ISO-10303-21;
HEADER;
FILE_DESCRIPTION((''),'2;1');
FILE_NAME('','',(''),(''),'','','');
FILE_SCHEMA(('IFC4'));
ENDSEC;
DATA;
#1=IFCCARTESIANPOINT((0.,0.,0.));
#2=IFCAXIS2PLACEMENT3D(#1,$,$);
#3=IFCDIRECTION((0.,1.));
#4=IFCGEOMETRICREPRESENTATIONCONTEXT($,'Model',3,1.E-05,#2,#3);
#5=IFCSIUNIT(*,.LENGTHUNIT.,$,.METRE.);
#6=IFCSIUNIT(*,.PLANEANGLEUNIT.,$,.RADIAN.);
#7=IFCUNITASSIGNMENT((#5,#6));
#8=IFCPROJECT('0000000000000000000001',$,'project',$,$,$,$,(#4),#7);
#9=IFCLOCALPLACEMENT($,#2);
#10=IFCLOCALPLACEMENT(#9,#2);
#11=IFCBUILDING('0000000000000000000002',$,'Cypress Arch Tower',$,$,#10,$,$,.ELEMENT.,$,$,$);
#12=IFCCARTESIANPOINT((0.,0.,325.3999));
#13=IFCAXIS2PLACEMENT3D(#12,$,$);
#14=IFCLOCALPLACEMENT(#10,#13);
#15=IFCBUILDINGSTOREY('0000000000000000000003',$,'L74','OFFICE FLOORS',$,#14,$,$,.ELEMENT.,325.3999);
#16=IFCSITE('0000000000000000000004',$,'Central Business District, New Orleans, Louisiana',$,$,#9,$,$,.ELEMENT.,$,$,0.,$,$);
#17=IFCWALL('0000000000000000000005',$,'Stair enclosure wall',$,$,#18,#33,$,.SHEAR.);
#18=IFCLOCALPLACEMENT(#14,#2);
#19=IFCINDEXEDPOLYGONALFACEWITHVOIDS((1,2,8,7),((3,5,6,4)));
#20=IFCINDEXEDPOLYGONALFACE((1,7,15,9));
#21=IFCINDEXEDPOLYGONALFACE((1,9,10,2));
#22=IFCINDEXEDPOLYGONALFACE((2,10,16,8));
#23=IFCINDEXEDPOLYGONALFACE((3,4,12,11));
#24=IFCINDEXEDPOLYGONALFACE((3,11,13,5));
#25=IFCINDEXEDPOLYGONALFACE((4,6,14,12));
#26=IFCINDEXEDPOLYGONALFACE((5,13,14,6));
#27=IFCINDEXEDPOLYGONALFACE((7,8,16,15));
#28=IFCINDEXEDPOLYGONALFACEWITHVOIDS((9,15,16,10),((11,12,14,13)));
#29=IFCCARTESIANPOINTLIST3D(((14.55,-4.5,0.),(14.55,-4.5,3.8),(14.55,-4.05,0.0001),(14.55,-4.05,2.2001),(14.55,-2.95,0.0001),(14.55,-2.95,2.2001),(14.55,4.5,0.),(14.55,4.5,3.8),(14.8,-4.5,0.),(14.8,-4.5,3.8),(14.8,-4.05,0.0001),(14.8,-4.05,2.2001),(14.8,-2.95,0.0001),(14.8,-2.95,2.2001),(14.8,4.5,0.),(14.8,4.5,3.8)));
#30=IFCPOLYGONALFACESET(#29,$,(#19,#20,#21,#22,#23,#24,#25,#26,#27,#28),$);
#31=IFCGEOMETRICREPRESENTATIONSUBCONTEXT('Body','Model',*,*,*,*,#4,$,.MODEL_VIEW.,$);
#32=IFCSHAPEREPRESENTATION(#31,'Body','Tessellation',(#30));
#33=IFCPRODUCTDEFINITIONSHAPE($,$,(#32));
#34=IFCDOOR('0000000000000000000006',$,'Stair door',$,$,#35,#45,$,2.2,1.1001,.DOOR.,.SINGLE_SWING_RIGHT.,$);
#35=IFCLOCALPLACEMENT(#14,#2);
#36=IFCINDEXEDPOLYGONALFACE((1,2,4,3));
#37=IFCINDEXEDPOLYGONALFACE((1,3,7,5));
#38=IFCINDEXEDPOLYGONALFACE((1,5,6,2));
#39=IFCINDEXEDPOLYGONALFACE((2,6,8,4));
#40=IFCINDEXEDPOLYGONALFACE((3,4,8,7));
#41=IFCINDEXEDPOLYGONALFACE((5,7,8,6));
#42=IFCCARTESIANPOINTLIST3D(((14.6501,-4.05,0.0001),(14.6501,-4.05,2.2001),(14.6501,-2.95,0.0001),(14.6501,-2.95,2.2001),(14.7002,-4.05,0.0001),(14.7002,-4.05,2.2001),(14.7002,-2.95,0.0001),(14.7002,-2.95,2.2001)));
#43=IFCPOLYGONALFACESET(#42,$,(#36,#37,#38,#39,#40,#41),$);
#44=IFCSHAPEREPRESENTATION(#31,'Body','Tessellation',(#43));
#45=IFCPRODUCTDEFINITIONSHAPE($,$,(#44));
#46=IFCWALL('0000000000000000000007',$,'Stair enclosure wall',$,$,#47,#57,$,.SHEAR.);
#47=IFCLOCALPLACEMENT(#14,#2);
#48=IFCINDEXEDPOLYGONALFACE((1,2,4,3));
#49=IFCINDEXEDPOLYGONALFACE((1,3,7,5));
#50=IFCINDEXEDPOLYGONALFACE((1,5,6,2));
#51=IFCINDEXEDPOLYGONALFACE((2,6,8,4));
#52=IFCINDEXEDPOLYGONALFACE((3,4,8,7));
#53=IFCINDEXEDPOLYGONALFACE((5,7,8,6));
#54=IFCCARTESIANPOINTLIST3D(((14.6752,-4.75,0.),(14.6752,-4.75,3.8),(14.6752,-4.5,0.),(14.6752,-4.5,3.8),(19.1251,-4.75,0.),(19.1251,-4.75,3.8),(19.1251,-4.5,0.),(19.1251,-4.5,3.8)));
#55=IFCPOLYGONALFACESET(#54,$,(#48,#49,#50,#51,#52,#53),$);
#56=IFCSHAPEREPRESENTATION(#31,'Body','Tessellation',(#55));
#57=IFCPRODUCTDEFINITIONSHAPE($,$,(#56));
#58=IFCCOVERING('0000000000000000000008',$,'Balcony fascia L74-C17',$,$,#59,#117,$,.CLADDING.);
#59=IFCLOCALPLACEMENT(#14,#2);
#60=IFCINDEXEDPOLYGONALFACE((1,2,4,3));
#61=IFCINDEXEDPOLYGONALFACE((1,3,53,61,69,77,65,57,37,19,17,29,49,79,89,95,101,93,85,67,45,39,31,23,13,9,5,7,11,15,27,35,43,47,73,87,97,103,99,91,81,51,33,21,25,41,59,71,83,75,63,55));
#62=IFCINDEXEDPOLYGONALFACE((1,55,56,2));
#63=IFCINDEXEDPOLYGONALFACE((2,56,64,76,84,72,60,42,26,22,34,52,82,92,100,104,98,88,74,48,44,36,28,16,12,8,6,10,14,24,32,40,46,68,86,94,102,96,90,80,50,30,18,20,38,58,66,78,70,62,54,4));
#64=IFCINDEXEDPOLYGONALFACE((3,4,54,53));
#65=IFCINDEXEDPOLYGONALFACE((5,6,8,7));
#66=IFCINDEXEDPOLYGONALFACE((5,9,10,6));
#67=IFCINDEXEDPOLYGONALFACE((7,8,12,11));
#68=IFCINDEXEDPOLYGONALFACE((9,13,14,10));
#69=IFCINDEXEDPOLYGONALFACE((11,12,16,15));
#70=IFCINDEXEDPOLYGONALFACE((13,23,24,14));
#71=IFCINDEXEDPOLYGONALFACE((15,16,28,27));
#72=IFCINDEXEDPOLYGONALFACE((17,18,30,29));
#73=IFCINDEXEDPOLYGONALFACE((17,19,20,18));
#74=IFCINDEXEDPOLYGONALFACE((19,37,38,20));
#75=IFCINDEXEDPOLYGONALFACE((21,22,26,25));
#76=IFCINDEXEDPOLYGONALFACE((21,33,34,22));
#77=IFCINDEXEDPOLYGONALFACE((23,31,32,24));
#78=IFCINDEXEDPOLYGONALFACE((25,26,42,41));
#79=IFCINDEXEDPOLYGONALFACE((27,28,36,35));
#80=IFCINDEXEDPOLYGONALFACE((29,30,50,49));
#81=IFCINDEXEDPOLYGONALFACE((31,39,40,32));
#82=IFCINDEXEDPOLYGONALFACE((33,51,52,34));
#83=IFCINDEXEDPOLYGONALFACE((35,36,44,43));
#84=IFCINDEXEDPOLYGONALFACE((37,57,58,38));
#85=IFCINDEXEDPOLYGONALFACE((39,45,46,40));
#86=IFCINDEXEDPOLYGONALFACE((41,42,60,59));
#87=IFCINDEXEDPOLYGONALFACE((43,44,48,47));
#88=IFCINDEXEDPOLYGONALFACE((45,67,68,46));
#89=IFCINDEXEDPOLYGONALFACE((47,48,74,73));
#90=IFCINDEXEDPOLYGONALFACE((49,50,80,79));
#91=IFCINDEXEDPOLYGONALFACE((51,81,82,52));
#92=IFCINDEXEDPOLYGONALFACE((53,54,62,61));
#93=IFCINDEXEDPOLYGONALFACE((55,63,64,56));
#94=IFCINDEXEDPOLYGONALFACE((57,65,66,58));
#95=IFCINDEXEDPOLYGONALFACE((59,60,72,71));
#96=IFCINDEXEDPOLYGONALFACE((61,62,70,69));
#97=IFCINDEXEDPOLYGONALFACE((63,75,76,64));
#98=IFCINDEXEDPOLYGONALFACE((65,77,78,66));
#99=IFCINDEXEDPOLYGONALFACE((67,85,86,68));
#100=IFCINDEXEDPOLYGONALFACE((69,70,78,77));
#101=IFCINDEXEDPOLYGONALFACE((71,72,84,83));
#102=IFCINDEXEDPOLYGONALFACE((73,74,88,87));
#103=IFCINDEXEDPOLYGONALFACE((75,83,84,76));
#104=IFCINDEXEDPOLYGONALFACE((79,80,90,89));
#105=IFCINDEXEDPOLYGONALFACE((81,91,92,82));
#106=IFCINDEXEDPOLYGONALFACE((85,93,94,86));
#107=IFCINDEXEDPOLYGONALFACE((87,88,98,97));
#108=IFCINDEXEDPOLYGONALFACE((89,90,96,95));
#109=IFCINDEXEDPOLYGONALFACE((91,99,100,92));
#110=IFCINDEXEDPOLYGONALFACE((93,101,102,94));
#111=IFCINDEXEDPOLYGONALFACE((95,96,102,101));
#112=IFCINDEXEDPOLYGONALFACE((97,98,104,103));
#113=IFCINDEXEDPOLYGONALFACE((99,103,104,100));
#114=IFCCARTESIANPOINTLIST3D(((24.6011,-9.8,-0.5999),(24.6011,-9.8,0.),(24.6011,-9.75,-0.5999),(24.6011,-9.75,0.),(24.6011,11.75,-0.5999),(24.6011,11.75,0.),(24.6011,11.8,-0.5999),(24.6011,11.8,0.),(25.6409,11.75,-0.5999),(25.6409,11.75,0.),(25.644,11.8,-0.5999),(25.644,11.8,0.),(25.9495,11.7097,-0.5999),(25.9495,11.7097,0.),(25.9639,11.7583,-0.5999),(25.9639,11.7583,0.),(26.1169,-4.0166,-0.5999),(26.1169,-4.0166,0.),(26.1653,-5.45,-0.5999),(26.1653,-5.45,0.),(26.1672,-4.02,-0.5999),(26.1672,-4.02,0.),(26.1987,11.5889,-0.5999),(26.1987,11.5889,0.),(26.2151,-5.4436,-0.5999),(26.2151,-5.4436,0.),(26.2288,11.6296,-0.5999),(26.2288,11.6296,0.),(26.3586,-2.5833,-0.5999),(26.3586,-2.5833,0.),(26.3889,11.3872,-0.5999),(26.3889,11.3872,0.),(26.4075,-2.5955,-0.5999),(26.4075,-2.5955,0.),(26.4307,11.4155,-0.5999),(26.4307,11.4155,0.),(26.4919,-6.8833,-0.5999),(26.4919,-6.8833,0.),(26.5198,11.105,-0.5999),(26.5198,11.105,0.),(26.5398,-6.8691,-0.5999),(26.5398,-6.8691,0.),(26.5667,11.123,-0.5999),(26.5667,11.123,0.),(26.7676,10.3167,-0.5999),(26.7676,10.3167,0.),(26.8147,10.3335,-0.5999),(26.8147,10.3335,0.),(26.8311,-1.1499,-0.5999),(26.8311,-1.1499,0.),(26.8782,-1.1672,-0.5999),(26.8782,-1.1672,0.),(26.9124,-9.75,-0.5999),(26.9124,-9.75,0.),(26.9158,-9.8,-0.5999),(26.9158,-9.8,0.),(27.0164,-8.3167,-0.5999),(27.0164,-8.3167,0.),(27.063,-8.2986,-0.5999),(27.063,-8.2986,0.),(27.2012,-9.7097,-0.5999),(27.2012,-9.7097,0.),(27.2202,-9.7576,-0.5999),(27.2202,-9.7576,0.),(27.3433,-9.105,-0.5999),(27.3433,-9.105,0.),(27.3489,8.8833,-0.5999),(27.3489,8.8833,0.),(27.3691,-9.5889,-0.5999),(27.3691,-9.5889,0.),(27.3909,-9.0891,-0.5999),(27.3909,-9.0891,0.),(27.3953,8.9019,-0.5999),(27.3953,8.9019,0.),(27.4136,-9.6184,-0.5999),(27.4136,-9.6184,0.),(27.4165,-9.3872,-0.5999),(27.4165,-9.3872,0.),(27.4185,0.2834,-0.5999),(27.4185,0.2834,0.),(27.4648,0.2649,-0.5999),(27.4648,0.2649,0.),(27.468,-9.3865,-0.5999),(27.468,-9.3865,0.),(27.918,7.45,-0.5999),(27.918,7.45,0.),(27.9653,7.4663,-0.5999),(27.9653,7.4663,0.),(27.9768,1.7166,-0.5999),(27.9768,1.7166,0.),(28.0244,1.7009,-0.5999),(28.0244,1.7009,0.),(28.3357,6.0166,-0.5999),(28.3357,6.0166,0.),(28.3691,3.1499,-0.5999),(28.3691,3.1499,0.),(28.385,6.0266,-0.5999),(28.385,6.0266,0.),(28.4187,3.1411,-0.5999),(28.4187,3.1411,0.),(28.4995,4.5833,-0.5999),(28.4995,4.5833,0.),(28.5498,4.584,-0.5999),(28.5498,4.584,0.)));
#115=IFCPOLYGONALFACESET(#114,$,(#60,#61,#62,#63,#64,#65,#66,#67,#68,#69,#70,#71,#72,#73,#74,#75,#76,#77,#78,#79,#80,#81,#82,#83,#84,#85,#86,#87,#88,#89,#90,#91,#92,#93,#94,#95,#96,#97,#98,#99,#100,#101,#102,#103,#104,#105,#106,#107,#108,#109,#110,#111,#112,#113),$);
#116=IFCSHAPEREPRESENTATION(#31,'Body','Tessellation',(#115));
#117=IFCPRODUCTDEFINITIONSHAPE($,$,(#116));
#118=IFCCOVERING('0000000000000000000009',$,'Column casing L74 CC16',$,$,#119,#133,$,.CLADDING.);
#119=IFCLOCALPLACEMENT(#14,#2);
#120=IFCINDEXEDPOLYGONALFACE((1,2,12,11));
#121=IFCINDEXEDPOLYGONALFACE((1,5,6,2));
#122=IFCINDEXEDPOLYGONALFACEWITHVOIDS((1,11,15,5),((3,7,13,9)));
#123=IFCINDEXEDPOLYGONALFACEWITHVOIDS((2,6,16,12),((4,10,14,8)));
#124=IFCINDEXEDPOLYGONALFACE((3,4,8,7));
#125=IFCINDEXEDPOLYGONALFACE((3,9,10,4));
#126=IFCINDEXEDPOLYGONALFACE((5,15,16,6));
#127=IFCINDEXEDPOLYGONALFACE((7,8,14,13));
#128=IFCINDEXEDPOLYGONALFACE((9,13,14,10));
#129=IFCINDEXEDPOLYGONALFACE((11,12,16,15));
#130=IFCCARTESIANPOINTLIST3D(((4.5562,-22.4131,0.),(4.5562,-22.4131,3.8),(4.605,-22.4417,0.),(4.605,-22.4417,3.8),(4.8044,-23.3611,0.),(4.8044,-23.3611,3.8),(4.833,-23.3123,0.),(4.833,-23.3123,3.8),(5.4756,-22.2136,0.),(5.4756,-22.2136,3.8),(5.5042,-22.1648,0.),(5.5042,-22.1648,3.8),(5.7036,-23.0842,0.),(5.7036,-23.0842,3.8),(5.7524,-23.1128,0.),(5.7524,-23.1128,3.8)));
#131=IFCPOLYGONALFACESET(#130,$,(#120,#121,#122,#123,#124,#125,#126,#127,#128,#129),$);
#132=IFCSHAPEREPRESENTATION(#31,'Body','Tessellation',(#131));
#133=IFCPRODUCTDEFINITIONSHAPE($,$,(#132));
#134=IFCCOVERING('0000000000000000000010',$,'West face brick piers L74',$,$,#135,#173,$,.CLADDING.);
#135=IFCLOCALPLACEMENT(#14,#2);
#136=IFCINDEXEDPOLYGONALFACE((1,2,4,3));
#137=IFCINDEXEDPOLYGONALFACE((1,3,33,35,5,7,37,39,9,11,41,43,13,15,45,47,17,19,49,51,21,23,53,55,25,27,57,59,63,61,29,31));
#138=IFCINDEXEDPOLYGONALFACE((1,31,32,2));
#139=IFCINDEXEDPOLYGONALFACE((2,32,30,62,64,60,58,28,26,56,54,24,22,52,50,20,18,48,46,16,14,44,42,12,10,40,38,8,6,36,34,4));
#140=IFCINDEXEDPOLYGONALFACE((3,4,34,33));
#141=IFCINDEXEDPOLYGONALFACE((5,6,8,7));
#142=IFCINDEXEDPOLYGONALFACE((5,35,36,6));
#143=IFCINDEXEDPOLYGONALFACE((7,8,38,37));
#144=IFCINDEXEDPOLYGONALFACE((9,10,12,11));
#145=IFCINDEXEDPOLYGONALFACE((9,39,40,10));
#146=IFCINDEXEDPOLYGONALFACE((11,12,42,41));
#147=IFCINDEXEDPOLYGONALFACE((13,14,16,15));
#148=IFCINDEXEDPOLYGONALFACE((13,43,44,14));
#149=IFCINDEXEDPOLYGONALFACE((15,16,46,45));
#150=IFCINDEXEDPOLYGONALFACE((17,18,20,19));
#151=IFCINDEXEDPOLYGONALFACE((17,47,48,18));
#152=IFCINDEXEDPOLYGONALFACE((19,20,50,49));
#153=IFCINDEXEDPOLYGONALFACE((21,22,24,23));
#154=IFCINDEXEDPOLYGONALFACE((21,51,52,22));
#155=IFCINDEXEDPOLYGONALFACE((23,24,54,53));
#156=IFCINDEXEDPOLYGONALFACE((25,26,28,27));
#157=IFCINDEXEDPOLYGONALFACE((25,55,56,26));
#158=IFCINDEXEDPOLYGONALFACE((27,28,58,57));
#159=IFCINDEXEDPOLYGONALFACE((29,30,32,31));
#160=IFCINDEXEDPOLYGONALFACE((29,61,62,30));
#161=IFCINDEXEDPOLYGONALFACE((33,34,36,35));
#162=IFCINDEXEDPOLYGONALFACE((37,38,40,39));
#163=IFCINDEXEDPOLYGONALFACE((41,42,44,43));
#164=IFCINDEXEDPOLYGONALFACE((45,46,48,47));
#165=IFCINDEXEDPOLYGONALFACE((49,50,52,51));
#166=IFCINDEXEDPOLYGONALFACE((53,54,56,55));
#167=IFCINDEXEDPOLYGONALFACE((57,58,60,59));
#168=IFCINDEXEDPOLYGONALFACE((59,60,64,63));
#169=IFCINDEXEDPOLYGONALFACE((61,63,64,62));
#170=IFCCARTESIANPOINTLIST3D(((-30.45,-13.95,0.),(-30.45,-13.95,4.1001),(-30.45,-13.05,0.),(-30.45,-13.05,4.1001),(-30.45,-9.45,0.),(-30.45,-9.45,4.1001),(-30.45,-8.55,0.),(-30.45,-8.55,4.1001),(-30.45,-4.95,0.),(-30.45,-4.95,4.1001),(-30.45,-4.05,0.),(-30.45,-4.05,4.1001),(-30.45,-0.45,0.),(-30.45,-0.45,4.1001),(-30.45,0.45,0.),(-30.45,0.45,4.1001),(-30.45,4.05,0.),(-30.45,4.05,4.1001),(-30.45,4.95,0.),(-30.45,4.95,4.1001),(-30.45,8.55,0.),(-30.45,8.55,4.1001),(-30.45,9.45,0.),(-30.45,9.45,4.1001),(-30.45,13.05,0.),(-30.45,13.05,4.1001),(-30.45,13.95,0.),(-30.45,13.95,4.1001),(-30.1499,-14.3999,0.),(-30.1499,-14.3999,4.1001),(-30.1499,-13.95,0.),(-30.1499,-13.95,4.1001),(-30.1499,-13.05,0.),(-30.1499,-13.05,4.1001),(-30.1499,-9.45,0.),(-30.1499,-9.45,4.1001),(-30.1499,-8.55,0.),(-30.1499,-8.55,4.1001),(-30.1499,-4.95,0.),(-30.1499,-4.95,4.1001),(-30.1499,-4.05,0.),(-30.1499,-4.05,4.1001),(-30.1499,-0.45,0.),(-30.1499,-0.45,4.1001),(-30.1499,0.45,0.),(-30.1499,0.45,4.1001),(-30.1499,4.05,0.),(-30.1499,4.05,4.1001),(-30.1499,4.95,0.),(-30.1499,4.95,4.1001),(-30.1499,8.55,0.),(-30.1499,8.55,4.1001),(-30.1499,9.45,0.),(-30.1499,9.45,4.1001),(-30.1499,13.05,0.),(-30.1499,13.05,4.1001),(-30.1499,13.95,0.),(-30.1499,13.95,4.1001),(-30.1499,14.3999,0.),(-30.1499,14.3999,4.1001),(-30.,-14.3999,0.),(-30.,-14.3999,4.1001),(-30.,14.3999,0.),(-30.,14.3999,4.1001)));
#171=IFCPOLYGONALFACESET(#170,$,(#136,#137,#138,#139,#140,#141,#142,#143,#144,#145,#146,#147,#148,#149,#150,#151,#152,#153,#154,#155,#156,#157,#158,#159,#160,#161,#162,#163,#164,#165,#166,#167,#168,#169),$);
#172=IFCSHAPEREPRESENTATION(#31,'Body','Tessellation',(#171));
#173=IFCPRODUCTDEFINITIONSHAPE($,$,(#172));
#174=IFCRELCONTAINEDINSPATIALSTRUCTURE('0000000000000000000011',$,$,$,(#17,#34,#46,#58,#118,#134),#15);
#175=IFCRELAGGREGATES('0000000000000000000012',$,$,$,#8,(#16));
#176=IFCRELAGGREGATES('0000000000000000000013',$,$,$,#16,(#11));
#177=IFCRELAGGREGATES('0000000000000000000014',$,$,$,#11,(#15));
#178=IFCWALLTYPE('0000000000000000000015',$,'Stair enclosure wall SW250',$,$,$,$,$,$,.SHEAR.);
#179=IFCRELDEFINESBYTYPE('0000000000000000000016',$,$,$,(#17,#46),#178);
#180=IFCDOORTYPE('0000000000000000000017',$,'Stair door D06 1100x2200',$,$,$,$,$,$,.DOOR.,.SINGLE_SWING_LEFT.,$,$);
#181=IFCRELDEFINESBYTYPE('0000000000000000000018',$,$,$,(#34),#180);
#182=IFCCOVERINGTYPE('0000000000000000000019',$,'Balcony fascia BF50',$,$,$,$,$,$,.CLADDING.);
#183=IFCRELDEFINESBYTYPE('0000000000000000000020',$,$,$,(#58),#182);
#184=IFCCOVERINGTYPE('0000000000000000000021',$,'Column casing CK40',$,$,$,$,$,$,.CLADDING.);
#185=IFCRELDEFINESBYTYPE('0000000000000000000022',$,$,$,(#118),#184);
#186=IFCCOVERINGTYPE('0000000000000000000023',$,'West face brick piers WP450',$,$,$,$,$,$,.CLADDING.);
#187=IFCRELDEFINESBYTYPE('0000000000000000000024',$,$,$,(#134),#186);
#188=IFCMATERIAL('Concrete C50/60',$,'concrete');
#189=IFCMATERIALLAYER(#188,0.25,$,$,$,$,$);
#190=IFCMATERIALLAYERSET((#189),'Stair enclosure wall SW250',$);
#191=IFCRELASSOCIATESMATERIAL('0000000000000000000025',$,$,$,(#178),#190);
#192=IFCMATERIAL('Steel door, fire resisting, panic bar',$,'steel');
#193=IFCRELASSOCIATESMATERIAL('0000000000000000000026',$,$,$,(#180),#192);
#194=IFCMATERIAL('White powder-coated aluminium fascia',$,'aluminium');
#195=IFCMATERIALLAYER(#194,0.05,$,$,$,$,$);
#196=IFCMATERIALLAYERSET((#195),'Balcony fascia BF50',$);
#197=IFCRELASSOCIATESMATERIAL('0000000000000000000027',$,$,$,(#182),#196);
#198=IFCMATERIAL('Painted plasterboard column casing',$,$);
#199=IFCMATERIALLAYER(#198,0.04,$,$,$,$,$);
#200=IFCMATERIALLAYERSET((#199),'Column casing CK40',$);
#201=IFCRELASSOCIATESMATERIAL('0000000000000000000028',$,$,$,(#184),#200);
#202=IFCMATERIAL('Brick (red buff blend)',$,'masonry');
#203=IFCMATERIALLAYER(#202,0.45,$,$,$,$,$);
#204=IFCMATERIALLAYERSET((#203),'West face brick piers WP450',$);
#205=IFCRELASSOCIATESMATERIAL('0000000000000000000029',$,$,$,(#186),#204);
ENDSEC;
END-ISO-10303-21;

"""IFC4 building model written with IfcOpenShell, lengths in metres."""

from ifc_helpers import new_model, si_unit, direction, frame, frame_2d, origin, place, context, subcontext, project, spatial, polyline, rectangle, outline, extrude, material, layer, layer_set, type_object, element, fill, save


model = new_model("IFC4")

# Units and contexts
model_context = context("Model", 3, precision=1e-05, world=origin(), true_north=direction((0.0, 1.0)))
body_context = subcontext(model_context, "Body", "Model", "MODEL_VIEW")
ifc_project = project(units=[si_unit("LENGTHUNIT", "METRE"), si_unit("PLANEANGLEUNIT", "RADIAN")], contexts=[model_context])

# Site, building, storey
site_placement = place(None, origin())
site = spatial("IfcSite", under=ifc_project, at=site_placement, Name="Central Business District, New Orleans, Louisiana", CompositionType="ELEMENT", RefElevation=0.0)
building_placement = place(site_placement, origin())
building = spatial("IfcBuilding", under=site, at=building_placement, Name="Cypress Arch Tower", CompositionType="ELEMENT")
storey_placement = place(building_placement, frame((0.0, 0.0, 325.3999)))
storey = spatial("IfcBuildingStorey", under=building, at=storey_placement, Name="L74", Description="OFFICE FLOORS", CompositionType="ELEMENT", Elevation=325.3999)

# Wall, opening, door
ifc_material_1 = material(Name="Concrete C50/60", Category="concrete")
ifc_layer_1 = layer(ifc_material_1, 0.25)
ifc_layer_set_1 = layer_set([ifc_layer_1], Name="Stair enclosure wall SW250")
wall_type_1 = type_object("IfcWallType", Name="Stair enclosure wall SW250", PredefinedType="SHEAR", material=ifc_layer_set_1)
wall_1_placement = place(storey_placement, frame((14.675, -4.5, 0.0), z_axis=(0.0, 0.0, 1.0), x_axis=(0.0, 1.0, 0.0)))
wall_1 = element("IfcWall", 1, at=wall_1_placement, inside=storey, type_object=wall_type_1, Name="Stair enclosure wall", PredefinedType="SHEAR", context=body_context, shape_type="SweptSolid", body=[
    extrude(rectangle(XDim=9.0, YDim=0.25, at=frame_2d((4.5, 0.0))), origin(), (0.0, 0.0, 1.0), 3.8),
])
opening_placement = place(wall_1_placement, frame((0.45, 0.0, 0.0)))
opening = element("IfcOpeningElement", 2, at=opening_placement, cuts=wall_1, PredefinedType="OPENING", context=body_context, shape_type="SweptSolid", body=[
    extrude(rectangle(XDim=1.1001, YDim=2.2, at=frame_2d((0.55, 1.1001))), frame((0.0, 0.135, 0.0), z_axis=(0.0, -1.0, 0.0), x_axis=(1.0, 0.0, 0.0)), (0.0, 0.0, 1.0), 0.27),
])
ifc_material_2 = material(Name="Steel door, fire resisting, panic bar", Category="steel")
door_type = type_object("IfcDoorType", Name="Stair door D06 1100x2200", OperationType="SINGLE_SWING_LEFT", PredefinedType="DOOR", material=ifc_material_2)
door_placement = place(opening_placement, origin())
door = element("IfcDoor", 3, at=door_placement, inside=storey, type_object=door_type, Name="Stair door", OperationType="SINGLE_SWING_RIGHT", OverallHeight=2.2, OverallWidth=1.1001, PredefinedType="DOOR", context=body_context, shape_type="SweptSolid", body=[
    extrude(rectangle(XDim=1.1001, YDim=2.2, at=frame_2d((0.55, 1.1001))), frame((0.0, 0.0249, 0.0), z_axis=(0.0, -1.0, 0.0), x_axis=(1.0, 0.0, 0.0)), (0.0, 0.0, 1.0), 0.05),
])
fill(opening, door)

# Wall
wall_2_placement = place(storey_placement, frame((14.675, -4.625, 0.0), z_axis=(0.0, 0.0, 1.0), x_axis=(1.0, 0.0, 0.0)))
element("IfcWall", 4, at=wall_2_placement, inside=storey, type_object=wall_type_1, Name="Stair enclosure wall", PredefinedType="SHEAR", context=body_context, shape_type="SweptSolid", body=[
    extrude(rectangle(XDim=4.45, YDim=0.25, at=frame_2d((2.2251, 0.0))), origin(), (0.0, 0.0, 1.0), 3.8),
])

# Coverings
ifc_material_3 = material(Name="White powder-coated aluminium fascia", Category="aluminium")
ifc_layer_2 = layer(ifc_material_3, 0.05)
ifc_layer_set_2 = layer_set([ifc_layer_2], Name="Balcony fascia BF50")
covering_type_1 = type_object("IfcCoveringType", Name="Balcony fascia BF50", PredefinedType="CLADDING", material=ifc_layer_set_2)
covering_1_placement = place(storey_placement, frame((0.0, 0.0, -0.5999)))
element("IfcCovering", 5, at=covering_1_placement, inside=storey, type_object=covering_type_1, Name="Balcony fascia L74-C17", PredefinedType="CLADDING", context=body_context, shape_type="SweptSolid", body=[
    extrude(outline(polyline([(25.644, 11.8), (25.9639, 11.7583), (26.2288, 11.6296), (26.4307, 11.4155), (26.5667, 11.123), (26.8147, 10.3335), (27.3953, 8.9019), (27.9653, 7.4663), (28.385, 6.0266), (28.5498, 4.584), (28.4187, 3.1411), (28.0244, 1.7009), (27.4648, 0.2649), (26.8782, -1.1672), (26.4075, -2.5955), (26.1672, -4.02), (26.2151, -5.4436), (26.5398, -6.8691), (27.063, -8.2986), (27.3909, -9.0891), (27.468, -9.3865), (27.4136, -9.6184), (27.2202, -9.7576), (26.9158, -9.8), (24.6011, -9.8), (24.6011, -9.75), (26.9124, -9.75), (27.2012, -9.7097), (27.3691, -9.5889), (27.4165, -9.3872), (27.3433, -9.105), (27.0164, -8.3167), (26.4919, -6.8833), (26.1653, -5.45), (26.1169, -4.0166), (26.3586, -2.5833), (26.8311, -1.1499), (27.4185, 0.2834), (27.9768, 1.7166), (28.3691, 3.1499), (28.4995, 4.5833), (28.3357, 6.0166), (27.918, 7.45), (27.3489, 8.8833), (26.7676, 10.3167), (26.5198, 11.105), (26.3889, 11.3872), (26.1987, 11.5889), (25.9495, 11.7097), (25.6409, 11.75), (24.6011, 11.75), (24.6011, 11.8), (25.644, 11.8)])), origin(), (0.0, 0.0, 1.0), 0.5999),
])
ifc_material_4 = material(Name="Painted plasterboard column casing")
ifc_layer_3 = layer(ifc_material_4, 0.04)
ifc_layer_set_3 = layer_set([ifc_layer_3], Name="Column casing CK40")
covering_type_2 = type_object("IfcCoveringType", Name="Column casing CK40", PredefinedType="CLADDING", material=ifc_layer_set_3)
covering_2_placement = place(storey_placement, origin())
element("IfcCovering", 6, at=covering_2_placement, inside=storey, type_object=covering_type_2, Name="Column casing L74 CC16", PredefinedType="CLADDING", context=body_context, shape_type="SweptSolid", body=[
    extrude(outline(polyline([(4.8044, -23.3611), (4.5562, -22.4131), (5.5042, -22.1648), (5.7524, -23.1128), (4.8044, -23.3611)]), holes=[polyline([(4.833, -23.3123), (5.7036, -23.0842), (5.4756, -22.2136), (4.605, -22.4417), (4.833, -23.3123)])]), origin(), (0.0, 0.0, 1.0), 3.8),
])
ifc_material_5 = material(Name="Brick (red buff blend)", Category="masonry")
ifc_layer_4 = layer(ifc_material_5, 0.45)
ifc_layer_set_4 = layer_set([ifc_layer_4], Name="West face brick piers WP450")
covering_type_3 = type_object("IfcCoveringType", Name="West face brick piers WP450", PredefinedType="CLADDING", material=ifc_layer_set_4)
covering_3_placement = place(storey_placement, origin())
element("IfcCovering", 7, at=covering_3_placement, inside=storey, type_object=covering_type_3, Name="West face brick piers L74", PredefinedType="CLADDING", context=body_context, shape_type="SweptSolid", body=[
    extrude(outline(polyline([(-30.1499, -13.05), (-30.1499, -9.45), (-30.45, -9.45), (-30.45, -8.55), (-30.1499, -8.55), (-30.1499, -4.95), (-30.45, -4.95), (-30.45, -4.05), (-30.1499, -4.05), (-30.1499, -0.45), (-30.45, -0.45), (-30.45, 0.45), (-30.1499, 0.45), (-30.1499, 4.05), (-30.45, 4.05), (-30.45, 4.95), (-30.1499, 4.95), (-30.1499, 8.55), (-30.45, 8.55), (-30.45, 9.45), (-30.1499, 9.45), (-30.1499, 13.05), (-30.45, 13.05), (-30.45, 13.95), (-30.1499, 13.95), (-30.1499, 14.3999), (-30.0, 14.3999), (-30.0, -14.3999), (-30.1499, -14.3999), (-30.1499, -13.95), (-30.45, -13.95), (-30.45, -13.05), (-30.1499, -13.05)])), origin(), (0.0, 0.0, 1.0), 4.1001),
])

save(model, "model.ifc")
